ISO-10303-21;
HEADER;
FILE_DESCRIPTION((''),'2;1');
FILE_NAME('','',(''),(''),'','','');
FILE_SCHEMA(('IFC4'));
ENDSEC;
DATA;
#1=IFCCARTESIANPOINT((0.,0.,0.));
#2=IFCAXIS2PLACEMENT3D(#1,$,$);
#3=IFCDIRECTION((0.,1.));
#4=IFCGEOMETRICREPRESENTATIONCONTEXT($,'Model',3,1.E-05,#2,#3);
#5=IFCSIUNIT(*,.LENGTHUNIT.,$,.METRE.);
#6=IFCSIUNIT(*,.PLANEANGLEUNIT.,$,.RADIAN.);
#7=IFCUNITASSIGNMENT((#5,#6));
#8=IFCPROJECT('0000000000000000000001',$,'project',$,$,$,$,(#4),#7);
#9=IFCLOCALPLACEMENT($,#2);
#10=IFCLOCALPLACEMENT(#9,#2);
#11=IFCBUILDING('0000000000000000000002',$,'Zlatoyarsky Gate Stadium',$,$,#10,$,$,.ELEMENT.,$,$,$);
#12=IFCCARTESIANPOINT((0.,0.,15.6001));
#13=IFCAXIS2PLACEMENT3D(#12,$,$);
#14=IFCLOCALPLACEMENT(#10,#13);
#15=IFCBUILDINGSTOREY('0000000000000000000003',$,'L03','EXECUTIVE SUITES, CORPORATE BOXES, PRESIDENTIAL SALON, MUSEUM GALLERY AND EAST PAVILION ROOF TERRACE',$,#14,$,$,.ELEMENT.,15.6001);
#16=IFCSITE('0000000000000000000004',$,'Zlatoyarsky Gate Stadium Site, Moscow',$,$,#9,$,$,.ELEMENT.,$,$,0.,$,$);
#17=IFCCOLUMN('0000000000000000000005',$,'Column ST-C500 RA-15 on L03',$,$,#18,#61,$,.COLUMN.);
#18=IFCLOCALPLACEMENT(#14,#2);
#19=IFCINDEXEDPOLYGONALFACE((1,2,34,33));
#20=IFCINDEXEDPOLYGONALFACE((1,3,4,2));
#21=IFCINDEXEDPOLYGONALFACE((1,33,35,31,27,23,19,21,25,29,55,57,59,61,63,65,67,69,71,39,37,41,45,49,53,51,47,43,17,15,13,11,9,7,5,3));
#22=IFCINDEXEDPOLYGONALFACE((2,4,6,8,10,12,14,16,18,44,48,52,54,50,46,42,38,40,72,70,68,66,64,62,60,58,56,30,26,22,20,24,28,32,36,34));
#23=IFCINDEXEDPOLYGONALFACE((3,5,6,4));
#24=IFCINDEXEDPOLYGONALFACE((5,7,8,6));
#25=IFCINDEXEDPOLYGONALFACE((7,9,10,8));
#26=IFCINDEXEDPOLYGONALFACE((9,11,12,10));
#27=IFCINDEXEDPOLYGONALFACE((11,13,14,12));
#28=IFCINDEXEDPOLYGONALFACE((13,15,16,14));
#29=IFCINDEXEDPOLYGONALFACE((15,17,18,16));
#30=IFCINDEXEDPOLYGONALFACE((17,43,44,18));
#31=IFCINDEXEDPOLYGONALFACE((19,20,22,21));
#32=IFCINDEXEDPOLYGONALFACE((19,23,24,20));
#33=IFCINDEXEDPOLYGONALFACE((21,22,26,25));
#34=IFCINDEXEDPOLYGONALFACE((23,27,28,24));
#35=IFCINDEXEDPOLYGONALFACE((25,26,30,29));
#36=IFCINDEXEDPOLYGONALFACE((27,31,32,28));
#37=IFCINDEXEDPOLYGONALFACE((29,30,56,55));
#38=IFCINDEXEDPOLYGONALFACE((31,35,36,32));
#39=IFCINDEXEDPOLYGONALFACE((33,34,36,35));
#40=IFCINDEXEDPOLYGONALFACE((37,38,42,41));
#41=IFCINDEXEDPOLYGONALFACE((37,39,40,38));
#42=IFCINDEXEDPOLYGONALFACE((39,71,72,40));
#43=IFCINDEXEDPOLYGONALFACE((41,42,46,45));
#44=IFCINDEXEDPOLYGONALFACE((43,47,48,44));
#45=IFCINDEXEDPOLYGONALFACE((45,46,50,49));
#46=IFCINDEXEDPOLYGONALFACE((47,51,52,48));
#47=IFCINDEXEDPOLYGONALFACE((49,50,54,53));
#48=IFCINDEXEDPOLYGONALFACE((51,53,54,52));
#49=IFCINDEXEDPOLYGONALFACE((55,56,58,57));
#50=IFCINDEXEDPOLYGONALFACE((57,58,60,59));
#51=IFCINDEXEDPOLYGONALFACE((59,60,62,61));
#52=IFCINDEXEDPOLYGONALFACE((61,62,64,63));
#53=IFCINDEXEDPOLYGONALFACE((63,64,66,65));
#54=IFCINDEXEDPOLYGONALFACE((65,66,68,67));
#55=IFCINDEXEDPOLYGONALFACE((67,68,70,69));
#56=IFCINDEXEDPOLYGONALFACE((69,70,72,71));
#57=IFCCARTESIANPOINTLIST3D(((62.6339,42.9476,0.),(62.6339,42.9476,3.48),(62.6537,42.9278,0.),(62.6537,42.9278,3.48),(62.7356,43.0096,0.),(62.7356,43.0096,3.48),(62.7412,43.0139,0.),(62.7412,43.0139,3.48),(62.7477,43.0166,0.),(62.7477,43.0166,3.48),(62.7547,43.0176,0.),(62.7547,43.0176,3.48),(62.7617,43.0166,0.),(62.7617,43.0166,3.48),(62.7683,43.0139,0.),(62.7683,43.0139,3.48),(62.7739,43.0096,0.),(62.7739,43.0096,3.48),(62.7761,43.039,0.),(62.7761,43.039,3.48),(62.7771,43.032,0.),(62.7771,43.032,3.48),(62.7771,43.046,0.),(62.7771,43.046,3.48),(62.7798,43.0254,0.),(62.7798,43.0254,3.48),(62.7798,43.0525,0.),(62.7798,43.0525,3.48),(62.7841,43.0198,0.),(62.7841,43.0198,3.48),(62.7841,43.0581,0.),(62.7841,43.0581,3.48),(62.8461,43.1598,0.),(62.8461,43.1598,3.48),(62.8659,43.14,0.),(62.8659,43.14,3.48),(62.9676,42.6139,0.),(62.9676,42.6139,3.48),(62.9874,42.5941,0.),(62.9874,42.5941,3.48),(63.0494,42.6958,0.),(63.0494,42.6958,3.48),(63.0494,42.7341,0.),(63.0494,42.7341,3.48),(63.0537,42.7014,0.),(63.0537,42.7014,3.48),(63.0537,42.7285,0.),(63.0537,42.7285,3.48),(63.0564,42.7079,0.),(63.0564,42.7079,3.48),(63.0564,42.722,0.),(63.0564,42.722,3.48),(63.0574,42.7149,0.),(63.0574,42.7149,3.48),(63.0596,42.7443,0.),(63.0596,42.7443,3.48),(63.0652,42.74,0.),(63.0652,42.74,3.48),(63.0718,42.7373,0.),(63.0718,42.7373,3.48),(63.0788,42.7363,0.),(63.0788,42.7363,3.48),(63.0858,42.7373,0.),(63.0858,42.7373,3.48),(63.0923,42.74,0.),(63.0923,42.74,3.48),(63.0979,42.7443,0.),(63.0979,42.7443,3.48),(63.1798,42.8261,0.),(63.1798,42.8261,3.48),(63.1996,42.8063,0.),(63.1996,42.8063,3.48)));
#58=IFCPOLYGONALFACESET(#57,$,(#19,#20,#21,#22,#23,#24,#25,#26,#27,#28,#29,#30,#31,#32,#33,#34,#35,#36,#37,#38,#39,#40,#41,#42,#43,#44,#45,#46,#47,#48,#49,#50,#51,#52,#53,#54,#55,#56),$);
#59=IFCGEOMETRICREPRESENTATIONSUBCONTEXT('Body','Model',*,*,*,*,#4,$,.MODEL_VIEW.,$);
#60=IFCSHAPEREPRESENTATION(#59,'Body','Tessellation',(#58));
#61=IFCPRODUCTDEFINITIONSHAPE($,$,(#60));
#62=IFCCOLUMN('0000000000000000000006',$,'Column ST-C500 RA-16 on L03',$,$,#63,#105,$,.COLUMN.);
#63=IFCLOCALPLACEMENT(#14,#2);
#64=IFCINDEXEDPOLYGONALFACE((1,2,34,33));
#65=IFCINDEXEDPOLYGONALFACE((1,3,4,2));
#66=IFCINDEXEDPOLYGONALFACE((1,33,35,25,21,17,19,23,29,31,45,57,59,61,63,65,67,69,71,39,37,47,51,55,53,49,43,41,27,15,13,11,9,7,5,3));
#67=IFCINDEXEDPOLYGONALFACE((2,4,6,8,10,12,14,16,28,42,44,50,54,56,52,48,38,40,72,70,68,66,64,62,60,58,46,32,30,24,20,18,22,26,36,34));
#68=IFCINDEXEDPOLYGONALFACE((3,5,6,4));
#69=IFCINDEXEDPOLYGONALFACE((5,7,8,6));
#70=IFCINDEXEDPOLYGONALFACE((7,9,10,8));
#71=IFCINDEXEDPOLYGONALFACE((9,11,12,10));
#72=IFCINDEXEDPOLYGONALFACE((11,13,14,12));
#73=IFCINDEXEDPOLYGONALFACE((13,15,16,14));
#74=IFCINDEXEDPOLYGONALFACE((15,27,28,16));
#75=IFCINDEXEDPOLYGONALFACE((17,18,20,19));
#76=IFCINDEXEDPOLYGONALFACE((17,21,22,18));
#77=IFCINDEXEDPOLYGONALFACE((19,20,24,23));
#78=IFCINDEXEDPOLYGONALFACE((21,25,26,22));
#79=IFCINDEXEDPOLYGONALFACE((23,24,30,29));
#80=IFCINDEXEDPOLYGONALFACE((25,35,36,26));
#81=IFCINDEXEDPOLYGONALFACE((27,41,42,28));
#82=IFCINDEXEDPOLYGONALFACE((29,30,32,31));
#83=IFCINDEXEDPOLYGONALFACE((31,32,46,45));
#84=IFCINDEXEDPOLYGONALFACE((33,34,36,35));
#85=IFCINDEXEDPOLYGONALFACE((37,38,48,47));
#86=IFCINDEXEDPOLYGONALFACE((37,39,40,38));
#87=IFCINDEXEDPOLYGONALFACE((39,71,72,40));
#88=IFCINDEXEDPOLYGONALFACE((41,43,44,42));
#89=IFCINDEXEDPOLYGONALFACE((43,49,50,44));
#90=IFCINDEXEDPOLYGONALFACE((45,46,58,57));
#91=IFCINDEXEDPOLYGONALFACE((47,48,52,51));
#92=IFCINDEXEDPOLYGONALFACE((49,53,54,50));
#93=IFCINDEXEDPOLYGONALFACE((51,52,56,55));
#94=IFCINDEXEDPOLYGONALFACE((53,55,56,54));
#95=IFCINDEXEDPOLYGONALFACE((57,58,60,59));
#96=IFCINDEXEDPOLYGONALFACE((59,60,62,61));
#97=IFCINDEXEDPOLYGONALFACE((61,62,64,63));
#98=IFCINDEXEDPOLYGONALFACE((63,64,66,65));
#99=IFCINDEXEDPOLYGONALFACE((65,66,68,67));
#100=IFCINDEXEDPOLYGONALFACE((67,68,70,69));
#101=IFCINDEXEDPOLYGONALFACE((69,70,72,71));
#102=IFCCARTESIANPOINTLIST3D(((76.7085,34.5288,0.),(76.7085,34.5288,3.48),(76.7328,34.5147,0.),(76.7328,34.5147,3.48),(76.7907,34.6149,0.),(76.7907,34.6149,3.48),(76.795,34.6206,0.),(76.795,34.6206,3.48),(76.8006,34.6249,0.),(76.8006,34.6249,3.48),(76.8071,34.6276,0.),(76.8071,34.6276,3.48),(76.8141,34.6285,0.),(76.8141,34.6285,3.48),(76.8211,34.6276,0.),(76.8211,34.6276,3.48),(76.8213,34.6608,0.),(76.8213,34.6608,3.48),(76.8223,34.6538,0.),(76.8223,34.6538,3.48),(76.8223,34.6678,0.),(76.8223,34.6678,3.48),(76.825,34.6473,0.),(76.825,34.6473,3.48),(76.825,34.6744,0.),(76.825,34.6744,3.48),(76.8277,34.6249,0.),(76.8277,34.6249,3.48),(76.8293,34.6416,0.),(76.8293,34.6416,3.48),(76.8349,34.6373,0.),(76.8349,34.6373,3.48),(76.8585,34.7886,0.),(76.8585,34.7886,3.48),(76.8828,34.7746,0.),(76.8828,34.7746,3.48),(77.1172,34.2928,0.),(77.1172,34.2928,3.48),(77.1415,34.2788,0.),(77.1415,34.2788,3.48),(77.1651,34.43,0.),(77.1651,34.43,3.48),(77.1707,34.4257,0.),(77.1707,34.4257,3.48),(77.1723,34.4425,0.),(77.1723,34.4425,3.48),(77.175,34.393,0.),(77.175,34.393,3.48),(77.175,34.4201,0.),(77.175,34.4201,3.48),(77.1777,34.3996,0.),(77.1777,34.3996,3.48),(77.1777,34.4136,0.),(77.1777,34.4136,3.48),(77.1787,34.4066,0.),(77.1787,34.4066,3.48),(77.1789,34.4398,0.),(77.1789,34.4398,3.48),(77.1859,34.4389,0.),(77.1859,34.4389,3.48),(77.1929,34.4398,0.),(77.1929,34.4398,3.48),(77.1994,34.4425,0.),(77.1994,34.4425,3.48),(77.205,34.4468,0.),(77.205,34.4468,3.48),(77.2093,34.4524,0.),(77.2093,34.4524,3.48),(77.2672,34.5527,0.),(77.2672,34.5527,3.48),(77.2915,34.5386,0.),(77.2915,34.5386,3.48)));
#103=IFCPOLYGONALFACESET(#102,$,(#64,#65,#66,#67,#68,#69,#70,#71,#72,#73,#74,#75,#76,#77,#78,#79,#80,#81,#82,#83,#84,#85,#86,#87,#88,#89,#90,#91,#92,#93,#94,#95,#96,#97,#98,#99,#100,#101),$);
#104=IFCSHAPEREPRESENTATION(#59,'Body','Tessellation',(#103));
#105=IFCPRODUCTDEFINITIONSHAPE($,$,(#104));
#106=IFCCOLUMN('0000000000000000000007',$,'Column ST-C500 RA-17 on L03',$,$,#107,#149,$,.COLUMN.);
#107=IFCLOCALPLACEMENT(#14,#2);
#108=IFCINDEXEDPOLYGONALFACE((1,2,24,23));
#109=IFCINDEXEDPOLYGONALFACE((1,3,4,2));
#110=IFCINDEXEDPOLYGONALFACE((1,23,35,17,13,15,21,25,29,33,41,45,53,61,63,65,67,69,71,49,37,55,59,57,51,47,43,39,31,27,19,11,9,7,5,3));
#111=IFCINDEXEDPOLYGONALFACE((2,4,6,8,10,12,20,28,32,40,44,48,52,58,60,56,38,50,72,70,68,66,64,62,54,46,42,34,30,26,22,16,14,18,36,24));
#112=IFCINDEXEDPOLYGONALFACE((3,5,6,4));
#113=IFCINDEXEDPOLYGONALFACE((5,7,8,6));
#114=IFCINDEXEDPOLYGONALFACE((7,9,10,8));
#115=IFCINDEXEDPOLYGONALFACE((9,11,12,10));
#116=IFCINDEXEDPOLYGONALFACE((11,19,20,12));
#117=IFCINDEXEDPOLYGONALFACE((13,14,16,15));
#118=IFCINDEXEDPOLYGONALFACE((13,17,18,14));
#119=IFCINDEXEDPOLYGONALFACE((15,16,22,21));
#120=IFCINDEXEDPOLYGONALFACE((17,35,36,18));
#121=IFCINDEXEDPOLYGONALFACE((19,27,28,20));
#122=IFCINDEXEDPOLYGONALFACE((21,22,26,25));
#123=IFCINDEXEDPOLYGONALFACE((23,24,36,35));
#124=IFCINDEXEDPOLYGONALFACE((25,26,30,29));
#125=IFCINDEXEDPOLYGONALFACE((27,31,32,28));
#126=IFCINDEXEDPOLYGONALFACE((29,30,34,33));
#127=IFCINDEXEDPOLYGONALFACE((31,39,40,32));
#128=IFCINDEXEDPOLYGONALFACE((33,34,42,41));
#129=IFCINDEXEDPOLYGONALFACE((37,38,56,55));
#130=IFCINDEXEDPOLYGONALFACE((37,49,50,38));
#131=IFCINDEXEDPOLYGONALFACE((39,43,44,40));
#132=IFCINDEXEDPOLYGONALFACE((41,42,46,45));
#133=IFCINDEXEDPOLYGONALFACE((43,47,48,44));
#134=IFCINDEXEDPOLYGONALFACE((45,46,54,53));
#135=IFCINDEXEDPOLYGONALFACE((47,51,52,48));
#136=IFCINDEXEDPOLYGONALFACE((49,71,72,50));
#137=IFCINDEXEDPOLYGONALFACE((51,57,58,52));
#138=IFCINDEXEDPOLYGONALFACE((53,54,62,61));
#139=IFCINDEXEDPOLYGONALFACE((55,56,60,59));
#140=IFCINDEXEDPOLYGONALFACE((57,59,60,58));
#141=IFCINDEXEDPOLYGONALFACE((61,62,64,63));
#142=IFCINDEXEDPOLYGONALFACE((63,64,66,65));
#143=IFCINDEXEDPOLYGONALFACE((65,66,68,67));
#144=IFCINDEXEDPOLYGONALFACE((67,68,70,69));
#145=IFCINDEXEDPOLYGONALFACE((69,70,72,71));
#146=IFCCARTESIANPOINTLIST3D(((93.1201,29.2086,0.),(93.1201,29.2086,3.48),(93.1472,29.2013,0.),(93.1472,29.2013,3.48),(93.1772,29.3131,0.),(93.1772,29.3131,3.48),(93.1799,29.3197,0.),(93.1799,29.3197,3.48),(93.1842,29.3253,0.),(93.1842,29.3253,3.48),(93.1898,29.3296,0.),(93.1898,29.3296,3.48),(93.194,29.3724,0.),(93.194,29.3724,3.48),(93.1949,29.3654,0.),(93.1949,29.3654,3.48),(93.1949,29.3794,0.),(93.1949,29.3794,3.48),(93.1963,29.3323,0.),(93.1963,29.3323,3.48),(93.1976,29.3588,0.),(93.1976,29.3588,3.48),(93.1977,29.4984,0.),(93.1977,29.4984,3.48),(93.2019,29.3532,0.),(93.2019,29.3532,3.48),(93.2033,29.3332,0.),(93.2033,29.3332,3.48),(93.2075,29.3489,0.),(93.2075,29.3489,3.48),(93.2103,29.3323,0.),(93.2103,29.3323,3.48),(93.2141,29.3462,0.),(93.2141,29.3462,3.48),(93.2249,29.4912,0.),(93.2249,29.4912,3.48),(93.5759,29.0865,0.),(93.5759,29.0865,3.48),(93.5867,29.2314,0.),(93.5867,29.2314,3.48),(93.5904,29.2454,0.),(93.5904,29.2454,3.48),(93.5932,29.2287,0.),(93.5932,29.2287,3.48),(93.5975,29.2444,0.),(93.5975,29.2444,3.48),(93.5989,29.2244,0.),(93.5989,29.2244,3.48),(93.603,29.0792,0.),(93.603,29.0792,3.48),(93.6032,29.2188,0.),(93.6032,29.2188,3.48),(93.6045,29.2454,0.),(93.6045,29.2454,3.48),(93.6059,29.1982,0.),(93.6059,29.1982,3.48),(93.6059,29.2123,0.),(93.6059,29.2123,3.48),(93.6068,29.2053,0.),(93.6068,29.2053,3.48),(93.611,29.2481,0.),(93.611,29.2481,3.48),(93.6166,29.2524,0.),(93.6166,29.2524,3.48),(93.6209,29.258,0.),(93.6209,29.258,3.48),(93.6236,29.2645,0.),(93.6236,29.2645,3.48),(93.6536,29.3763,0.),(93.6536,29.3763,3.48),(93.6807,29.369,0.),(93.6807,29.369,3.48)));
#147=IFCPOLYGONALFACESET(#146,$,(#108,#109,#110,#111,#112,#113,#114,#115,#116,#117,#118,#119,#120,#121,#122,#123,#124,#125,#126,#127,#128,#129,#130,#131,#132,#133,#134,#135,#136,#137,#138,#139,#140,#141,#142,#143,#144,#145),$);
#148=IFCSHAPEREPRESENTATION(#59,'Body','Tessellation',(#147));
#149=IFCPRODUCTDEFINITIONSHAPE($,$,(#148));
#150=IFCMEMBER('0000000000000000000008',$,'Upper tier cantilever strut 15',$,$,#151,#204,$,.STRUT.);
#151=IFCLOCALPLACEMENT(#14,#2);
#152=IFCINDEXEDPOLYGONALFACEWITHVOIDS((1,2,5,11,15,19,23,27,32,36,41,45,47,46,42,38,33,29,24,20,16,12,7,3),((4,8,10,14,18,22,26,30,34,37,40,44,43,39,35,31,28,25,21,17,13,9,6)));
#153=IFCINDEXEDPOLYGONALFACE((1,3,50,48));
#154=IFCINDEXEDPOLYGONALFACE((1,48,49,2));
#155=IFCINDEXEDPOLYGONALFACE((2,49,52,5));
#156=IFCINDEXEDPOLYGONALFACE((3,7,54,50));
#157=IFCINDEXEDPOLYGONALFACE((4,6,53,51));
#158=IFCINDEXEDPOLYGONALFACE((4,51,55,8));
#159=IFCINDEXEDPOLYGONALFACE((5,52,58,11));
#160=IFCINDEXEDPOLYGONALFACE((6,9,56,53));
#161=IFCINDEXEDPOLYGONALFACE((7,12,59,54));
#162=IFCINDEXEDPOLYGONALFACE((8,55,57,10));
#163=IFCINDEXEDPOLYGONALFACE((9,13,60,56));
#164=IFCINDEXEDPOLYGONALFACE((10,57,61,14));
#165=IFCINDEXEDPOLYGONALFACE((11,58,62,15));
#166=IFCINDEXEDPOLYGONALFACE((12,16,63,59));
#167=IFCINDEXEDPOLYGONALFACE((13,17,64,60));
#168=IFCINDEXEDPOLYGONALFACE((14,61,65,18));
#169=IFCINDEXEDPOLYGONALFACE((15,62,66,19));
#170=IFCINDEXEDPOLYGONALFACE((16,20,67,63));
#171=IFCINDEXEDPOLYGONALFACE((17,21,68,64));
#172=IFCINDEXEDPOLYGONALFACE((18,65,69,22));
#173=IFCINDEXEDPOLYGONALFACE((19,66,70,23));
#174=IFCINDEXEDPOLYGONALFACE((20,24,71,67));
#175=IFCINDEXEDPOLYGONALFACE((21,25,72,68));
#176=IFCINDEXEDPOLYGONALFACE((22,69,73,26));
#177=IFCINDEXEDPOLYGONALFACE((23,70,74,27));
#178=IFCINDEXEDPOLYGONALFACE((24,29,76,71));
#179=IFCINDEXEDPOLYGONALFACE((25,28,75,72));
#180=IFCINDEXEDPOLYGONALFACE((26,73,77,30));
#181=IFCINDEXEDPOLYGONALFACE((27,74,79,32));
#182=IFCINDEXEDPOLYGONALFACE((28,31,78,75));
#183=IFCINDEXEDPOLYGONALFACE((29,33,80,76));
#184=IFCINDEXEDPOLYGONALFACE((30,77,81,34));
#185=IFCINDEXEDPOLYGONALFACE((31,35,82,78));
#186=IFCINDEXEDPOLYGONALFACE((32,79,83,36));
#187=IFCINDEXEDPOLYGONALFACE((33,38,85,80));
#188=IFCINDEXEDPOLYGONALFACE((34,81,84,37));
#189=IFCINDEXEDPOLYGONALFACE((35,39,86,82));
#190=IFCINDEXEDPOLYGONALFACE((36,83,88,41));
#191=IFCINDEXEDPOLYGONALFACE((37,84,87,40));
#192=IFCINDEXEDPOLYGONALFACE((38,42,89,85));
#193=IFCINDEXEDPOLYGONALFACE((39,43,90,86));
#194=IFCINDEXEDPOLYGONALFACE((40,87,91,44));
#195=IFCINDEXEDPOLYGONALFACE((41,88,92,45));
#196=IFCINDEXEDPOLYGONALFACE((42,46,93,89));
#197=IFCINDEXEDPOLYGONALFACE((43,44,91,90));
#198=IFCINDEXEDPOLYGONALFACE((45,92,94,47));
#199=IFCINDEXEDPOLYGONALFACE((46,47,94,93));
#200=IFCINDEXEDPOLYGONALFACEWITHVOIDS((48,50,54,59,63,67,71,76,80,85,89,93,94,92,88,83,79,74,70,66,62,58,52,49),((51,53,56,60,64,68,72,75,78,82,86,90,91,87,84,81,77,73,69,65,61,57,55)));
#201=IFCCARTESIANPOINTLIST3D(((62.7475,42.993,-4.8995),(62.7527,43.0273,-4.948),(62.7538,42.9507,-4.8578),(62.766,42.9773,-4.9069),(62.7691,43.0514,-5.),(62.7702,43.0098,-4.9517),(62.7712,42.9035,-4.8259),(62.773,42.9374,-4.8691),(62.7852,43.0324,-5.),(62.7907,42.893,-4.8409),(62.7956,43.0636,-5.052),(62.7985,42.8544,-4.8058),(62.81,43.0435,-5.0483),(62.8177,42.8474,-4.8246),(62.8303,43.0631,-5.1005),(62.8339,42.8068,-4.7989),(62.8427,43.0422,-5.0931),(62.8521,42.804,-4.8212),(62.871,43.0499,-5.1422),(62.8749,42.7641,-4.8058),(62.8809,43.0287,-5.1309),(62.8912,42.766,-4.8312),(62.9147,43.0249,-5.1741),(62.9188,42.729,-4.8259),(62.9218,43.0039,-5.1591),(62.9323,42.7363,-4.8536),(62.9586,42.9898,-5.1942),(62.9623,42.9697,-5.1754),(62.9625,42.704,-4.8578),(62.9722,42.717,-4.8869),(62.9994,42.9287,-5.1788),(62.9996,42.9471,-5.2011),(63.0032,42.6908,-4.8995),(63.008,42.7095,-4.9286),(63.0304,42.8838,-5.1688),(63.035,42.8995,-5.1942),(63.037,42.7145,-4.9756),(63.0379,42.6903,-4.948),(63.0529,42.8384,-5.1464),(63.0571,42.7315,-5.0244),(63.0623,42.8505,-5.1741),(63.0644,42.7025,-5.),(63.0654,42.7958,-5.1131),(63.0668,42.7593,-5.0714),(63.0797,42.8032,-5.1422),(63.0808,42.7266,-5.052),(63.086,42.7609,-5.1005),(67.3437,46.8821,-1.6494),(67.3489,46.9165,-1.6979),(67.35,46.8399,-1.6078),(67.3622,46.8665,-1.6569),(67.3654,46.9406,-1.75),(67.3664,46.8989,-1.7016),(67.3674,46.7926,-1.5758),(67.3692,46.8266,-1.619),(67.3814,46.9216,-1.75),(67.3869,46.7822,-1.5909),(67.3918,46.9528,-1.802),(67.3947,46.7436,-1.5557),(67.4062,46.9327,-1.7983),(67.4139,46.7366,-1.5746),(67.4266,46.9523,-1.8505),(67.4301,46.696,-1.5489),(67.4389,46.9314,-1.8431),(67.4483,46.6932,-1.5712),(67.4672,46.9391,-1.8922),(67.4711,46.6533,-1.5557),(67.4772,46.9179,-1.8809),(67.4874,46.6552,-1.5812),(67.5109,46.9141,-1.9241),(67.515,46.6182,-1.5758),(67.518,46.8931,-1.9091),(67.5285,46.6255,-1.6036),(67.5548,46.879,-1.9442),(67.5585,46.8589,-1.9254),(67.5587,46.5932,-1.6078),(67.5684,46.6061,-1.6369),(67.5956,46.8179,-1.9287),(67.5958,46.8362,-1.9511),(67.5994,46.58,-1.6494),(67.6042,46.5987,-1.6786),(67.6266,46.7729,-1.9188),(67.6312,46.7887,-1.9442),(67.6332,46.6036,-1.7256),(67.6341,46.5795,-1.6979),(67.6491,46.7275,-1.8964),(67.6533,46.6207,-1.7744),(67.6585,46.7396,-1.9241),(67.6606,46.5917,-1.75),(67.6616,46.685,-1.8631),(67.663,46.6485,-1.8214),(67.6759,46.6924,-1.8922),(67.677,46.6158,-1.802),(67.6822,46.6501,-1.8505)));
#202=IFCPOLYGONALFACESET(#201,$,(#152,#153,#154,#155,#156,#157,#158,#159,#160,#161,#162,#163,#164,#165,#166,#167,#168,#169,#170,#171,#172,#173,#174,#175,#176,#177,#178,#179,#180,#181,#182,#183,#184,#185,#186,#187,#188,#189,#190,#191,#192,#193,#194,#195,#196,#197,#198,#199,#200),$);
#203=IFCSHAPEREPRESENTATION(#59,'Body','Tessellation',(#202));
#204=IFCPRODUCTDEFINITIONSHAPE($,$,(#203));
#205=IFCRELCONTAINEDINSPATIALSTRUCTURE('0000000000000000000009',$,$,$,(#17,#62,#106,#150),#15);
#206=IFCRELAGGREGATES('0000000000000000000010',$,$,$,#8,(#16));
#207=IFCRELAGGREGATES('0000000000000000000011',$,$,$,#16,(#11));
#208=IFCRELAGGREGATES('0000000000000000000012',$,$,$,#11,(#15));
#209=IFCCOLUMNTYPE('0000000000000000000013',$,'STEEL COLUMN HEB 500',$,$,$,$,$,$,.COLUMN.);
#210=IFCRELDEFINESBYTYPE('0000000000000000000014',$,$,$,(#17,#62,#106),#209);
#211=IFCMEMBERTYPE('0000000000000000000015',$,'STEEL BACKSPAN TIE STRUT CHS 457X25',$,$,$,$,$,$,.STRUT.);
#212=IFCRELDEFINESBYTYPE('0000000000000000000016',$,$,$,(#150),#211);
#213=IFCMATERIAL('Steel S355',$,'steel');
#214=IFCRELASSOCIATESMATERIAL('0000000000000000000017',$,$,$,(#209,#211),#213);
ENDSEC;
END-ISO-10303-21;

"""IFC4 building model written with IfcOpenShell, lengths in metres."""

from ifc_helpers import new_model, si_unit, direction, frame, origin, origin_2d, place, context, subcontext, project, spatial, hollow_circle, i_section, extrude, material, material_profile, profile_set, type_object, element, save


model = new_model("IFC4")

# Units and contexts
model_context = context("Model", 3, precision=1e-05, world=origin(), true_north=direction((0.0, 1.0)))
body_context = subcontext(model_context, "Body", "Model", "MODEL_VIEW")
ifc_project = project(units=[si_unit("LENGTHUNIT", "METRE"), si_unit("PLANEANGLEUNIT", "RADIAN")], contexts=[model_context])

# Site, building, storey
site_placement = place(None, origin())
site = spatial("IfcSite", under=ifc_project, at=site_placement, Name="Zlatoyarsky Gate Stadium Site, Moscow", CompositionType="ELEMENT", RefElevation=0.0)
building_placement = place(site_placement, origin())
building = spatial("IfcBuilding", under=site, at=building_placement, Name="Zlatoyarsky Gate Stadium", CompositionType="ELEMENT")
storey_placement = place(building_placement, frame((0.0, 0.0, 15.6001)))
storey = spatial("IfcBuildingStorey", under=building, at=storey_placement, Name="L03", Description="EXECUTIVE SUITES, CORPORATE BOXES, PRESIDENTIAL SALON, MUSEUM GALLERY AND EAST PAVILION ROOF TERRACE", CompositionType="ELEMENT", Elevation=15.6001)

# Columns
ifc_material_1 = material(Name="Steel S355", Category="steel")
ifc_material_profile_1 = material_profile(ifc_material_1, i_section(OverallWidth=0.3, OverallDepth=0.5, WebThickness=0.0144, FlangeThickness=0.0281, FilletRadius=0.0271, at=origin_2d()), Name="HEB 500")
ifc_profile_set_1 = profile_set([ifc_material_profile_1], Name="Steel S355")
column_type = type_object("IfcColumnType", Name="STEEL COLUMN HEB 500", PredefinedType="COLUMN", material=ifc_profile_set_1)
for number, where, z_axis, x_axis, name in (
    (1, (62.9167, 42.877, 0.0), (0.0, 0.0, 1.0), (-0.707107, -0.707107, 0.0), "Column ST-C500 RA-15 on L03"),
    (2, (77.0, 34.5337, 0.0), (0.0, 0.0, 1.0), (-0.5, -0.866025, 0.0), "Column ST-C500 RA-16 on L03"),
    (3, (93.4004, 29.2888, 0.0), (0.0, 0.0, 1.0), (-0.258819, -0.965926, 0.0), "Column ST-C500 RA-17 on L03"),
):
    element("IfcColumn", number, at=place(storey_placement, frame(where, z_axis=z_axis, x_axis=x_axis)), inside=storey, type_object=column_type, Name=name, PredefinedType="COLUMN", context=body_context, shape_type="SweptSolid", body=[
        extrude(i_section(OverallWidth=0.3, OverallDepth=0.5, WebThickness=0.0144, FlangeThickness=0.0281, FilletRadius=0.0271, at=origin_2d()), origin(), (0.0, 0.0, 1.0), 3.48),
    ])

# Member
ifc_material_profile_2 = material_profile(ifc_material_1, hollow_circle(Radius=0.2285, WallThickness=0.0249, at=origin_2d()), Name="CHS 457X25")
ifc_profile_set_2 = profile_set([ifc_material_profile_2], Name="Steel S355")
member_type = type_object("IfcMemberType", Name="STEEL BACKSPAN TIE STRUT CHS 457X25", PredefinedType="STRUT", material=ifc_profile_set_2)
member_1_placement = place(storey_placement, frame((62.9167, 42.877, -5.0), z_axis=(0.671761, 0.568424, 0.475007), x_axis=(-0.64595, 0.76338, 0.0)))
element("IfcMember", 4, at=member_1_placement, inside=storey, type_object=member_type, Name="Upper tier cantilever strut 15", PredefinedType="STRUT", context=body_context, shape_type="SweptSolid", body=[
    extrude(hollow_circle(Radius=0.2285, WallThickness=0.0249, at=origin_2d()), origin(), (0.0, 0.0, 1.0), 6.842),
])

save(model, "model.ifc")
